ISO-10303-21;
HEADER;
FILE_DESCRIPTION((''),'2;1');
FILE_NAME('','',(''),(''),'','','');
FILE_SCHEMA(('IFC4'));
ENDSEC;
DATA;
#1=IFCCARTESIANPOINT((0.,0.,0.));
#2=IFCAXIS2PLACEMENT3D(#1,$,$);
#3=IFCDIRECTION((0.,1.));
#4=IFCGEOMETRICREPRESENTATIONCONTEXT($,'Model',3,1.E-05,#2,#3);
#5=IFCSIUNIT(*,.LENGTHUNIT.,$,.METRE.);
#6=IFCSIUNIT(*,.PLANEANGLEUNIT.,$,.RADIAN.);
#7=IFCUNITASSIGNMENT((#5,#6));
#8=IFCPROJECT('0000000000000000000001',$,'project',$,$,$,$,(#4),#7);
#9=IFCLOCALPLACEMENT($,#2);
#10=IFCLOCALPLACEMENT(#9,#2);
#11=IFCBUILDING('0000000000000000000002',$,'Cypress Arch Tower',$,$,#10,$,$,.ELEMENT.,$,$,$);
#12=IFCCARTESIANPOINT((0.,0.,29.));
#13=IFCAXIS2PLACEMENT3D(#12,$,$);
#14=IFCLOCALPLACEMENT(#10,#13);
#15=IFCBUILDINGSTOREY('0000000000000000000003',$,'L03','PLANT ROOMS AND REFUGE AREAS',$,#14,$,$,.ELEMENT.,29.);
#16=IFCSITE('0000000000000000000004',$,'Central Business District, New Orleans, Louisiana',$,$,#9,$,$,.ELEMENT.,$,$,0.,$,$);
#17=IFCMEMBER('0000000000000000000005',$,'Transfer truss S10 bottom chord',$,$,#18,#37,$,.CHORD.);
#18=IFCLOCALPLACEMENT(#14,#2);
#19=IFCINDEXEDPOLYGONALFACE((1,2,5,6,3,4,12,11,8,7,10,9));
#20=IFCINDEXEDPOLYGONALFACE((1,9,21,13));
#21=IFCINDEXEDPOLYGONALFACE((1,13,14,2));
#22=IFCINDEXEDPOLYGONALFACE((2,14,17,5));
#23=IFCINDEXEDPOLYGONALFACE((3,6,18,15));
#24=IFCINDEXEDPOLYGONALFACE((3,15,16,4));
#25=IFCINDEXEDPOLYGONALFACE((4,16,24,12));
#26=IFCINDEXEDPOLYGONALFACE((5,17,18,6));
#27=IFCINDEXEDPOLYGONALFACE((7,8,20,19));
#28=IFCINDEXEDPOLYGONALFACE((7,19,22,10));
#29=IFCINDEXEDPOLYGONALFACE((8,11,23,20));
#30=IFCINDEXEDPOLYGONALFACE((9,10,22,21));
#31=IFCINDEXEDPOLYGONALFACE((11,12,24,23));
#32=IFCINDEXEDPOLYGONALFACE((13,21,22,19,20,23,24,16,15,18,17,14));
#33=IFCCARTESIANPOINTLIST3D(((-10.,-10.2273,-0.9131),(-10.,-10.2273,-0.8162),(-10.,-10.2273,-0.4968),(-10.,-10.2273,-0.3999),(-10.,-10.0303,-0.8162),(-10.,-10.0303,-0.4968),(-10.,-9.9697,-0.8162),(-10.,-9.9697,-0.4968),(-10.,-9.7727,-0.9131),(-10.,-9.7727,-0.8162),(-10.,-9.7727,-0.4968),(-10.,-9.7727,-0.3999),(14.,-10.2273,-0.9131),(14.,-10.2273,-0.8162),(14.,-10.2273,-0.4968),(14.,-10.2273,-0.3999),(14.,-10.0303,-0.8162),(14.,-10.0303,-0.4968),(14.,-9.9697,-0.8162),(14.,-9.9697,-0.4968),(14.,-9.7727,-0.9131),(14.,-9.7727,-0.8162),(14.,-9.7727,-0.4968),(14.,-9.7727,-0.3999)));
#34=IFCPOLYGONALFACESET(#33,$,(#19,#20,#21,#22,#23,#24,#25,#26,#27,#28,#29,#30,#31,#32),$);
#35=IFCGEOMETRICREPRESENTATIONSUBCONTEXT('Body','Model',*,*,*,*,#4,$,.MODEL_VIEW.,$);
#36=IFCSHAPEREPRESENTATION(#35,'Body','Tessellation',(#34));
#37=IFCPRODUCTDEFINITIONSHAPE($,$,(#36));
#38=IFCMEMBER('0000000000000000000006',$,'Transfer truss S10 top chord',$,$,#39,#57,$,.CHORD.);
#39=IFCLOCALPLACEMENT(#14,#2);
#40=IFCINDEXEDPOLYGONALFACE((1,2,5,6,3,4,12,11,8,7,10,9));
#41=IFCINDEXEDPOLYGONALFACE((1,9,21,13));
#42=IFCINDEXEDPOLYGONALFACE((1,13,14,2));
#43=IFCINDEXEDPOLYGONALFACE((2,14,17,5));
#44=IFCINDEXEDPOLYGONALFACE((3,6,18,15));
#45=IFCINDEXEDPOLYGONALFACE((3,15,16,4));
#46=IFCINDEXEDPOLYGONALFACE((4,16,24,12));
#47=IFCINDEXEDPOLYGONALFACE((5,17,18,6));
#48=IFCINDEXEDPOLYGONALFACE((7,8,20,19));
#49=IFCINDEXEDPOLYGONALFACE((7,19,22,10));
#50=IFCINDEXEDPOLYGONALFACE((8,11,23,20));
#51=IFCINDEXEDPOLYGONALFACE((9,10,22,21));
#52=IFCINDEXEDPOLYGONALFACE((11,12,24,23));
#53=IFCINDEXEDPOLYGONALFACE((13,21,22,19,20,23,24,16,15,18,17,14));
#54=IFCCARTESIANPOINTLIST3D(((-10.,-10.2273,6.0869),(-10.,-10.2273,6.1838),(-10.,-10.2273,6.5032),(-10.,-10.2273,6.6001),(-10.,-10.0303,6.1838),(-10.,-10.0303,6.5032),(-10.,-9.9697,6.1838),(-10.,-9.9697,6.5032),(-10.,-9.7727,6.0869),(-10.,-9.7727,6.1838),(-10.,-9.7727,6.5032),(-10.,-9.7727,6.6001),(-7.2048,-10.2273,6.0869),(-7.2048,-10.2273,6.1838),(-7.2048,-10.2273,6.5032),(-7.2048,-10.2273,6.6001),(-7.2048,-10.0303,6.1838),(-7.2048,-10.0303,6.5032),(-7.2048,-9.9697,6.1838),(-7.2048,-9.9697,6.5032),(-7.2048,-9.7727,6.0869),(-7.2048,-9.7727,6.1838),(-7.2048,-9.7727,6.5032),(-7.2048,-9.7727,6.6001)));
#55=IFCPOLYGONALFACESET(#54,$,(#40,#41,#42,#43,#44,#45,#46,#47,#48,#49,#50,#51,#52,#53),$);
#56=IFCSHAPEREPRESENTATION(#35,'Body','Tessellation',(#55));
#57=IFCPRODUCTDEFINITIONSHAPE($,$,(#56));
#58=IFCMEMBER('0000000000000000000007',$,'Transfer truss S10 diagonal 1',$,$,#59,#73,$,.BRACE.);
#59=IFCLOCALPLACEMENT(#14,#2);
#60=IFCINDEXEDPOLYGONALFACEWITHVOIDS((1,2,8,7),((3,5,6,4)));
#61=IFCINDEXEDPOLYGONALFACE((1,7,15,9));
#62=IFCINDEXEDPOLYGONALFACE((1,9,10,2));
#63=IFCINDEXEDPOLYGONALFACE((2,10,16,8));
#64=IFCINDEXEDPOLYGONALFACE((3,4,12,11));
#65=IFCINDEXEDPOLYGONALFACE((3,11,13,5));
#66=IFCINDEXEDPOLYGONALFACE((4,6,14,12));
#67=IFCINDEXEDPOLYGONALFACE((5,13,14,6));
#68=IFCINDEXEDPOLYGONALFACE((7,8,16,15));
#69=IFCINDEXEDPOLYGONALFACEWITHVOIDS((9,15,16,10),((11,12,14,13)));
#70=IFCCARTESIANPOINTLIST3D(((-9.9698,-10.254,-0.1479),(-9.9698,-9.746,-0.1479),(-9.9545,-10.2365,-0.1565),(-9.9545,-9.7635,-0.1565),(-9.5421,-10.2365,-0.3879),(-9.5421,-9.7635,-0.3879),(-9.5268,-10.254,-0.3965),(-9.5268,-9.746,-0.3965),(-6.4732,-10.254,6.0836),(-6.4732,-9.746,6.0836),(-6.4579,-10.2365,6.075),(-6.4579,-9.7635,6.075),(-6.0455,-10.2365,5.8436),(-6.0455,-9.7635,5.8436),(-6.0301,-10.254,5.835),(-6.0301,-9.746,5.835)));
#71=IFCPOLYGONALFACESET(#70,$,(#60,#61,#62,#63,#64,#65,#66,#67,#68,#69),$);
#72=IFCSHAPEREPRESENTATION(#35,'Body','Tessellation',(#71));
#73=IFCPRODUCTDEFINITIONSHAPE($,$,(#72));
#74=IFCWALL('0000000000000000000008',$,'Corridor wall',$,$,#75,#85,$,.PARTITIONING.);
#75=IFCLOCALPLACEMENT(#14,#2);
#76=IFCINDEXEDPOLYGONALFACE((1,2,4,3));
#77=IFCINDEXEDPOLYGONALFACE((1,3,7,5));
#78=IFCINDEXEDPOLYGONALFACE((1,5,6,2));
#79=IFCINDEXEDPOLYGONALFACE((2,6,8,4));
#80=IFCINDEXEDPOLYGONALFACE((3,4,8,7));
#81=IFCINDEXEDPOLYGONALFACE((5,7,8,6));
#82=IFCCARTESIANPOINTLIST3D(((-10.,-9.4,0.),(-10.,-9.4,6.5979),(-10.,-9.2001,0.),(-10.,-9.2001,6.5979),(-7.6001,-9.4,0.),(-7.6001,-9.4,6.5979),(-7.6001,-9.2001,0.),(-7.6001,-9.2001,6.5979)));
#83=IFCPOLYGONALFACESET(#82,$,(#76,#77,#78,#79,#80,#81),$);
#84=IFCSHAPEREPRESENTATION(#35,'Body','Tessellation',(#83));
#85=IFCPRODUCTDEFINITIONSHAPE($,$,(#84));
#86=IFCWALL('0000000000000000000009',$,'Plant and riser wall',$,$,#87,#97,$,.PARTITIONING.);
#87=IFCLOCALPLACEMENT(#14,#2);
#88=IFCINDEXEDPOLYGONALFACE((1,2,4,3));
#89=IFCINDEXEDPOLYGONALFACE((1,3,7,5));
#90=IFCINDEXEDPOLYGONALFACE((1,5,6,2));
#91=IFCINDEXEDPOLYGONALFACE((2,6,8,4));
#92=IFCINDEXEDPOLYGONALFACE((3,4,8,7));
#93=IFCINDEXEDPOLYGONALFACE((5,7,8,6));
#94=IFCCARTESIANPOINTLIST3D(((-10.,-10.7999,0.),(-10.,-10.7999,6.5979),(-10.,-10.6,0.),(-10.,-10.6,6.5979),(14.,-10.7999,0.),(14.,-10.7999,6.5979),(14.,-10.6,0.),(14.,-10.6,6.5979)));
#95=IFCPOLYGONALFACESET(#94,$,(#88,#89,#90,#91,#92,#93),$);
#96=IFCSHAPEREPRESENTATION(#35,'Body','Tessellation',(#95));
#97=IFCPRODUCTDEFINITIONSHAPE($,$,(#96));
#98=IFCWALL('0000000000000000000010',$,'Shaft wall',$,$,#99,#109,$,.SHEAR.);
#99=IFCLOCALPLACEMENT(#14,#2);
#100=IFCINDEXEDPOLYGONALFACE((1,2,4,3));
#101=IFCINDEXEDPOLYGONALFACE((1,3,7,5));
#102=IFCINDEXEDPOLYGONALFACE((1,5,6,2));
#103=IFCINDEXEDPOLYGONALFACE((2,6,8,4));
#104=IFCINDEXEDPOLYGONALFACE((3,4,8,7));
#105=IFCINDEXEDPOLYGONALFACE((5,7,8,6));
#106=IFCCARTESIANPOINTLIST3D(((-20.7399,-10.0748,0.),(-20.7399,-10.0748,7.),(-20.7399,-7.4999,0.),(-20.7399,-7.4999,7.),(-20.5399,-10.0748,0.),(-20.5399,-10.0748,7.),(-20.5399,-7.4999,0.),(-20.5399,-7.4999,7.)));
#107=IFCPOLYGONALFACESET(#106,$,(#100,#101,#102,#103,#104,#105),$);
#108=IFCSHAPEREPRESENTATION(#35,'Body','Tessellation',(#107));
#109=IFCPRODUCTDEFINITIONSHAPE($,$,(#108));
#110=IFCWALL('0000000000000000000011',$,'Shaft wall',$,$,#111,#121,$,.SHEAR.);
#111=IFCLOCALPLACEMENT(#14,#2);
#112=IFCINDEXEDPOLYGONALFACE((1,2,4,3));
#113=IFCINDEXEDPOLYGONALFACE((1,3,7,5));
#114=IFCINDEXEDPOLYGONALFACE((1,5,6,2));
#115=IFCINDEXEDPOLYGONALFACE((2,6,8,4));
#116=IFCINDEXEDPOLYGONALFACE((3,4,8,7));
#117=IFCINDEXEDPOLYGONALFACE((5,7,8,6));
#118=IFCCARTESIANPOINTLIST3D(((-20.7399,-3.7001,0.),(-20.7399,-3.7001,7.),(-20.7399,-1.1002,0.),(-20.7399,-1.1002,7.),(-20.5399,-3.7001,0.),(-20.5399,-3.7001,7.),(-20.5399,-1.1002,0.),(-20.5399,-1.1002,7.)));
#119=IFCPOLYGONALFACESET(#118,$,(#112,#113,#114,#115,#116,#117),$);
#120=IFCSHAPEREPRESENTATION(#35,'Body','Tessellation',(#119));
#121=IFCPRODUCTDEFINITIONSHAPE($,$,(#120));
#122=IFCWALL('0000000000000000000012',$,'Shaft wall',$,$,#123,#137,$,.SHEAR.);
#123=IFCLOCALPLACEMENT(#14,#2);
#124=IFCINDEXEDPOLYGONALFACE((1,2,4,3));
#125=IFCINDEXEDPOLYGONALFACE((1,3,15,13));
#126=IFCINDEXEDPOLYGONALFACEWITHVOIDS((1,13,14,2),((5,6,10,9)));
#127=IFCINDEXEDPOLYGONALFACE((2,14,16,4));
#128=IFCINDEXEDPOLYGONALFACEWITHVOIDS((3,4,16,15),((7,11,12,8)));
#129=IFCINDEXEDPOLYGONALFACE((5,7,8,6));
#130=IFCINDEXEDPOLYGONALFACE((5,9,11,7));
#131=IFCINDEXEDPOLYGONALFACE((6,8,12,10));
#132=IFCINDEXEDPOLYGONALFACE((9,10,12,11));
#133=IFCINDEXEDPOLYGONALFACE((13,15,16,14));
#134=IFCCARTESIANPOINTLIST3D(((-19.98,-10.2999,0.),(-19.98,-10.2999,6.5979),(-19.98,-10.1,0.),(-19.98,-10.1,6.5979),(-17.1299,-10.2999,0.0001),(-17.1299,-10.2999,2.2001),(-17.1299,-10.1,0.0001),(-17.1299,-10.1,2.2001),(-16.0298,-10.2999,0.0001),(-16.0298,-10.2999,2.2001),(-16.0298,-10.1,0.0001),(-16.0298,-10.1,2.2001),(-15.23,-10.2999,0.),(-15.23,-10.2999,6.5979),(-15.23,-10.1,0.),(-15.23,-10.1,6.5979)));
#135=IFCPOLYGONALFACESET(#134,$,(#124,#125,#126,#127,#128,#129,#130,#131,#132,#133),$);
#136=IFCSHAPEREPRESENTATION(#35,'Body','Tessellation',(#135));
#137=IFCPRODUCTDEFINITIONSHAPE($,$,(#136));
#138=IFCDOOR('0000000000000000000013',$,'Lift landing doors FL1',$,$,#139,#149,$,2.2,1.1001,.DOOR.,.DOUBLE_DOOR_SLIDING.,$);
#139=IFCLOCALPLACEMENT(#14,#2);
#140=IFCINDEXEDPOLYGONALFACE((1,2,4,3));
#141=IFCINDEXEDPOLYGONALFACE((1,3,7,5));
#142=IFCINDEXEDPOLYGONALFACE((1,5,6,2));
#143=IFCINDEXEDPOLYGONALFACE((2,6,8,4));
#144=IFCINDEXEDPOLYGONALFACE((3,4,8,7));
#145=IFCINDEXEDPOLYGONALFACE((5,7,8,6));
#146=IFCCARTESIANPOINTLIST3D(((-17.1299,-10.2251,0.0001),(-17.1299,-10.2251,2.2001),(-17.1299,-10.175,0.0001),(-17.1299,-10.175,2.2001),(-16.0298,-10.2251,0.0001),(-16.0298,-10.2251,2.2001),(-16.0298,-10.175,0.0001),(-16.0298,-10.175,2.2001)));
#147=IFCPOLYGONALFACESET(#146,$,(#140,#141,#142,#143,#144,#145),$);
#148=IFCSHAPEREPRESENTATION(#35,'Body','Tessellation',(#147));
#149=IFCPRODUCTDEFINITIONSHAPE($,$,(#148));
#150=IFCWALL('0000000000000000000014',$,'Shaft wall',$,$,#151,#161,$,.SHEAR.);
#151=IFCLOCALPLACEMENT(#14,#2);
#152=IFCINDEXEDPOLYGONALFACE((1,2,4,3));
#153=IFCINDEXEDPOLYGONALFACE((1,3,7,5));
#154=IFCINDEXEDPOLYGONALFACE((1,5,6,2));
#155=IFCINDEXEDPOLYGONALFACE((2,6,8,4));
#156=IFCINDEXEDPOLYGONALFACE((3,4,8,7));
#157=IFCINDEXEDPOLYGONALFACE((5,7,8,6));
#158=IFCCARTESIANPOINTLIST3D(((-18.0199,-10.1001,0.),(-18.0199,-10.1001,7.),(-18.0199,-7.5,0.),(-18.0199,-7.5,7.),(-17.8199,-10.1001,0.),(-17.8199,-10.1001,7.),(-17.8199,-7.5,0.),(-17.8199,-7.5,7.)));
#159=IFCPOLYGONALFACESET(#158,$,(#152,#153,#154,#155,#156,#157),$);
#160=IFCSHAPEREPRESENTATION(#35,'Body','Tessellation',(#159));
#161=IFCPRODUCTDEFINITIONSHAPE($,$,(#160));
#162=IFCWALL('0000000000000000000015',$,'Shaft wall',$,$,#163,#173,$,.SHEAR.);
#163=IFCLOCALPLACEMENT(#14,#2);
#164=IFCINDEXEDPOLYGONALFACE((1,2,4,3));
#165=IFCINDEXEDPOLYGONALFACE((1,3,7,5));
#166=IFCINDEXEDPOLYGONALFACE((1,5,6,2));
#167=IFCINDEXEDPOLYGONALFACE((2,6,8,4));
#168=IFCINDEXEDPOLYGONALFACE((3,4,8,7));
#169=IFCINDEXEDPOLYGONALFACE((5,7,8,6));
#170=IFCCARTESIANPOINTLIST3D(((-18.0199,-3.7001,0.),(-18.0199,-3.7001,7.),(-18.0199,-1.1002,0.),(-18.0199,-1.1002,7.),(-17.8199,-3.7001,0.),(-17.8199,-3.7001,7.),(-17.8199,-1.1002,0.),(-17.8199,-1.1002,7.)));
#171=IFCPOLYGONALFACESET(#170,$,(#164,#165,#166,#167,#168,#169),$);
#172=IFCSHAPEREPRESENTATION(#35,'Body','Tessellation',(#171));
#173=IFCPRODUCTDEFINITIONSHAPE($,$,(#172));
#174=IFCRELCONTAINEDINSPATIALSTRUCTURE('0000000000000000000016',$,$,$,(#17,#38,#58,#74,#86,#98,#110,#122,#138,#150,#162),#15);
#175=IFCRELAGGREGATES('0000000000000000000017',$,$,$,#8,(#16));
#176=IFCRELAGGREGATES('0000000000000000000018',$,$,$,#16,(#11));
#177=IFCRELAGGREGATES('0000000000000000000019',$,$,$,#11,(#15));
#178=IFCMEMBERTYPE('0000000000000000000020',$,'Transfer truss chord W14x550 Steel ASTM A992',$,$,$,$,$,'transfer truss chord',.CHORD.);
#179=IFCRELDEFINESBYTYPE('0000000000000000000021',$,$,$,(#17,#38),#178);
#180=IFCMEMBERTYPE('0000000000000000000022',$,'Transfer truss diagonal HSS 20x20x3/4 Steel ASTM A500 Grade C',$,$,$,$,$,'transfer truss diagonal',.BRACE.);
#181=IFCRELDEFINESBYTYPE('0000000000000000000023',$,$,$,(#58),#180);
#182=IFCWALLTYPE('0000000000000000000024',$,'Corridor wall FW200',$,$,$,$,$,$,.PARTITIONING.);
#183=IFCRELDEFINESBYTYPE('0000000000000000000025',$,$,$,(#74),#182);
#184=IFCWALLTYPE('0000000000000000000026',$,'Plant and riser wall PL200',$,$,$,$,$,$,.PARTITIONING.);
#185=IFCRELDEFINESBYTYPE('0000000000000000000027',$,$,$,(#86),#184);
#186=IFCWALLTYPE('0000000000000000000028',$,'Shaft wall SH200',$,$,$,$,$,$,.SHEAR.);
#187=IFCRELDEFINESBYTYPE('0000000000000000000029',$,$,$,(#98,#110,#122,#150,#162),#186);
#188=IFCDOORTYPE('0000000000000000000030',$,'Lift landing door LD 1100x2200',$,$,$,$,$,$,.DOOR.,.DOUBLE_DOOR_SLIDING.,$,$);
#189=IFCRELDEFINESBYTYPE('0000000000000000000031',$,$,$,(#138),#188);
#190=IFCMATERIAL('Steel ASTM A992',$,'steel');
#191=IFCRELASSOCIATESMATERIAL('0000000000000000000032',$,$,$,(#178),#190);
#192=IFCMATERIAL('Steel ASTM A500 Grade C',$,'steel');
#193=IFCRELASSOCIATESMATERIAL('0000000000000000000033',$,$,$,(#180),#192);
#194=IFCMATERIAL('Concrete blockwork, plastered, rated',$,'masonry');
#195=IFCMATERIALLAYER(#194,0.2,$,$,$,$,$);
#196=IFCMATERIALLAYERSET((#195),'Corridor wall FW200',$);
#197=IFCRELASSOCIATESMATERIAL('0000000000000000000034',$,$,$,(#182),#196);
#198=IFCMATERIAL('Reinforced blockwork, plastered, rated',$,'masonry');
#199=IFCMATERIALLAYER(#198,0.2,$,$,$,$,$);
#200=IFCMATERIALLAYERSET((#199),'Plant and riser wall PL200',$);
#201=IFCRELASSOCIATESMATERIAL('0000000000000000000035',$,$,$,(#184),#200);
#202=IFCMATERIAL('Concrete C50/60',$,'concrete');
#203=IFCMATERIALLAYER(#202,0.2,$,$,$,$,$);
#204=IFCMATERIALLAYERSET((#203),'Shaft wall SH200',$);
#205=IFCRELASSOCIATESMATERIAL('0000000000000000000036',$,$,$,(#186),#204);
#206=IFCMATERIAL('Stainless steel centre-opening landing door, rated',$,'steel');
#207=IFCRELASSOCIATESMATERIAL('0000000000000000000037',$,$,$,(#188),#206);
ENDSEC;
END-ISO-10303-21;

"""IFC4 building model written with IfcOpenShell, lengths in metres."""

from ifc_helpers import new_model, si_unit, direction, frame, frame_2d, origin, origin_2d, place, context, subcontext, project, spatial, rectangle, hollow_rectangle, i_section, extrude, material, layer, layer_set, material_profile, profile_set, type_object, element, fill, save


model = new_model("IFC4")

# Units and contexts
model_context = context("Model", 3, precision=1e-05, world=origin(), true_north=direction((0.0, 1.0)))
body_context = subcontext(model_context, "Body", "Model", "MODEL_VIEW")
ifc_project = project(units=[si_unit("LENGTHUNIT", "METRE"), si_unit("PLANEANGLEUNIT", "RADIAN")], contexts=[model_context])

# Site, building, storey
site_placement = place(None, origin())
site = spatial("IfcSite", under=ifc_project, at=site_placement, Name="Central Business District, New Orleans, Louisiana", CompositionType="ELEMENT", RefElevation=0.0)
building_placement = place(site_placement, origin())
building = spatial("IfcBuilding", under=site, at=building_placement, Name="Cypress Arch Tower", CompositionType="ELEMENT")
storey_placement = place(building_placement, frame((0.0, 0.0, 29.0)))
storey = spatial("IfcBuildingStorey", under=building, at=storey_placement, Name="L03", Description="PLANT ROOMS AND REFUGE AREAS", CompositionType="ELEMENT", Elevation=29.0)

# Members
ifc_material_1 = material(Name="Steel ASTM A992", Category="steel")
ifc_material_profile_1 = material_profile(ifc_material_1, i_section(OverallWidth=0.4546, OverallDepth=0.5132, WebThickness=0.0605, FlangeThickness=0.0969, at=origin_2d()), Name="W14x550")
ifc_profile_set_1 = profile_set([ifc_material_profile_1], Name="Steel ASTM A992")
member_type_1 = type_object("IfcMemberType", Name="Transfer truss chord W14x550 Steel ASTM A992", ElementType="transfer truss chord", PredefinedType="CHORD", material=ifc_profile_set_1)
member_1_placement = place(storey_placement, frame((-10.0, -10.0, -0.6565), z_axis=(1.0, 0.0, 0.0), x_axis=(0.0, 1.0, 0.0)))
element("IfcMember", 1, at=member_1_placement, inside=storey, type_object=member_type_1, Name="Transfer truss S10 bottom chord", PredefinedType="CHORD", context=body_context, shape_type="SweptSolid", body=[
    extrude(i_section(OverallWidth=0.4546, OverallDepth=0.5132, WebThickness=0.0605, FlangeThickness=0.0969, at=origin_2d()), origin(), (0.0, 0.0, 1.0), 24.0),
])
member_2_placement = place(storey_placement, frame((-10.0, -10.0, 6.3435), z_axis=(1.0, 0.0, 0.0), x_axis=(0.0, 1.0, 0.0)))
element("IfcMember", 2, at=member_2_placement, inside=storey, type_object=member_type_1, Name="Transfer truss S10 top chord", PredefinedType="CHORD", context=body_context, shape_type="SweptSolid", body=[
    extrude(i_section(OverallWidth=0.4546, OverallDepth=0.5132, WebThickness=0.0605, FlangeThickness=0.0969, at=origin_2d()), origin(), (0.0, 0.0, 1.0), 2.7952),
])
ifc_material_2 = material(Name="Steel ASTM A500 Grade C", Category="steel")
ifc_material_profile_2 = material_profile(ifc_material_2, hollow_rectangle(XDim=0.5081, YDim=0.5081, WallThickness=0.0176, at=origin_2d()), Name="HSS 20x20x3/4")
ifc_profile_set_2 = profile_set([ifc_material_profile_2], Name="Steel ASTM A500 Grade C")
member_type_2 = type_object("IfcMemberType", Name="Transfer truss diagonal HSS 20x20x3/4 Steel ASTM A500 Grade C", ElementType="transfer truss diagonal", PredefinedType="BRACE", material=ifc_profile_set_2)
member_3_placement = place(storey_placement, frame((-9.7483, -10.0, -0.2722), z_axis=(0.489346, 0.0, 0.87209), x_axis=(0.0, 1.0, 0.0)))
element("IfcMember", 3, at=member_3_placement, inside=storey, type_object=member_type_2, Name="Transfer truss S10 diagonal 1", PredefinedType="BRACE", context=body_context, shape_type="SweptSolid", body=[
    extrude(hollow_rectangle(XDim=0.5081, YDim=0.5081, WallThickness=0.0176, at=origin_2d()), origin(), (0.0, 0.0, 1.0), 7.1455),
])

# Shared definitions
ifc_material_3 = material(Name="Concrete blockwork, plastered, rated", Category="masonry")
ifc_layer_1 = layer(ifc_material_3, 0.2)
ifc_layer_set_1 = layer_set([ifc_layer_1], Name="Corridor wall FW200")
wall_type_1 = type_object("IfcWallType", Name="Corridor wall FW200", PredefinedType="PARTITIONING", material=ifc_layer_set_1)

# Walls
wall_1_placement = place(storey_placement, frame((-10.0, -9.3, 0.0), z_axis=(0.0, 0.0, 1.0), x_axis=(1.0, 0.0, 0.0)))
element("IfcWall", 4, at=wall_1_placement, inside=storey, type_object=wall_type_1, Name="Corridor wall", PredefinedType="PARTITIONING", context=body_context, shape_type="SweptSolid", body=[
    extrude(rectangle(XDim=2.3999, YDim=0.2, at=frame_2d((1.2, 0.0))), origin(), (0.0, 0.0, 1.0), 6.5979),
])
ifc_material_4 = material(Name="Reinforced blockwork, plastered, rated", Category="masonry")
ifc_layer_2 = layer(ifc_material_4, 0.2)
ifc_layer_set_2 = layer_set([ifc_layer_2], Name="Plant and riser wall PL200")
wall_type_2 = type_object("IfcWallType", Name="Plant and riser wall PL200", PredefinedType="PARTITIONING", material=ifc_layer_set_2)
wall_2_placement = place(storey_placement, frame((-10.0, -10.7, 0.0), z_axis=(0.0, 0.0, 1.0), x_axis=(1.0, 0.0, 0.0)))
element("IfcWall", 5, at=wall_2_placement, inside=storey, type_object=wall_type_2, Name="Plant and riser wall", PredefinedType="PARTITIONING", context=body_context, shape_type="SweptSolid", body=[
    extrude(rectangle(XDim=24.0, YDim=0.2, at=frame_2d((12.0, 0.0))), origin(), (0.0, 0.0, 1.0), 6.5979),
])
ifc_material_5 = material(Name="Concrete C50/60", Category="concrete")
ifc_layer_3 = layer(ifc_material_5, 0.2)
ifc_layer_set_3 = layer_set([ifc_layer_3], Name="Shaft wall SH200")
wall_type_3 = type_object("IfcWallType", Name="Shaft wall SH200", PredefinedType="SHEAR", material=ifc_layer_set_3)
wall_3_placement = place(storey_placement, frame((-20.6399, -10.075, 0.0), z_axis=(0.0, 0.0, 1.0), x_axis=(0.0, 1.0, 0.0)))
element("IfcWall", 6, at=wall_3_placement, inside=storey, type_object=wall_type_3, Name="Shaft wall", PredefinedType="SHEAR", context=body_context, shape_type="SweptSolid", body=[
    extrude(rectangle(XDim=2.575, YDim=0.2, at=frame_2d((1.2876, 0.0))), origin(), (0.0, 0.0, 1.0), 7.0),
])
wall_4_placement = place(storey_placement, frame((-20.6399, -3.7, 0.0), z_axis=(0.0, 0.0, 1.0), x_axis=(0.0, 1.0, 0.0)))
element("IfcWall", 7, at=wall_4_placement, inside=storey, type_object=wall_type_3, Name="Shaft wall", PredefinedType="SHEAR", context=body_context, shape_type="SweptSolid", body=[
    extrude(rectangle(XDim=2.5999, YDim=0.2, at=frame_2d((1.2998, 0.0))), origin(), (0.0, 0.0, 1.0), 7.0),
])

# Wall, opening, door
wall_5_placement = place(storey_placement, frame((-19.98, -10.2, 0.0), z_axis=(0.0, 0.0, 1.0), x_axis=(1.0, 0.0, 0.0)))
wall_5 = element("IfcWall", 8, at=wall_5_placement, inside=storey, type_object=wall_type_3, Name="Shaft wall", PredefinedType="SHEAR", context=body_context, shape_type="SweptSolid", body=[
    extrude(rectangle(XDim=4.75, YDim=0.2, at=frame_2d((2.375, 0.0))), origin(), (0.0, 0.0, 1.0), 6.5979),
])
opening_1_placement = place(wall_5_placement, frame((2.8501, 0.0, 0.0)))
opening_1 = element("IfcOpeningElement", 9, at=opening_1_placement, cuts=wall_5, PredefinedType="OPENING", context=body_context, shape_type="SweptSolid", body=[
    extrude(rectangle(XDim=1.1001, YDim=2.2, at=frame_2d((0.55, 1.1001))), frame((0.0, 0.1099, 0.0), z_axis=(0.0, -1.0, 0.0), x_axis=(1.0, 0.0, 0.0)), (0.0, 0.0, 1.0), 0.22),
])
ifc_material_6 = material(Name="Stainless steel centre-opening landing door, rated", Category="steel")
door_type_1 = type_object("IfcDoorType", Name="Lift landing door LD 1100x2200", OperationType="DOUBLE_DOOR_SLIDING", PredefinedType="DOOR", material=ifc_material_6)
door_1_placement = place(opening_1_placement, origin())
door_1 = element("IfcDoor", 10, at=door_1_placement, inside=storey, type_object=door_type_1, Name="Lift landing doors FL1", OperationType="DOUBLE_DOOR_SLIDING", OverallHeight=2.2, OverallWidth=1.1001, PredefinedType="DOOR", context=body_context, shape_type="SweptSolid", body=[
    extrude(rectangle(XDim=1.1001, YDim=2.2, at=frame_2d((0.55, 1.1001))), frame((0.0, 0.0249, 0.0), z_axis=(0.0, -1.0, 0.0), x_axis=(1.0, 0.0, 0.0)), (0.0, 0.0, 1.0), 0.05),
])
fill(opening_1, door_1)

# Walls
wall_6_placement = place(storey_placement, frame((-17.9199, -10.1001, 0.0), z_axis=(0.0, 0.0, 1.0), x_axis=(0.0, 1.0, 0.0)))
element("IfcWall", 11, at=wall_6_placement, inside=storey, type_object=wall_type_3, Name="Shaft wall", PredefinedType="SHEAR", context=body_context, shape_type="SweptSolid", body=[
    extrude(rectangle(XDim=2.6001, YDim=0.2, at=frame_2d((1.3, 0.0))), origin(), (0.0, 0.0, 1.0), 7.0),
])
wall_7_placement = place(storey_placement, frame((-17.9199, -3.7, 0.0), z_axis=(0.0, 0.0, 1.0), x_axis=(0.0, 1.0, 0.0)))
element("IfcWall", 12, at=wall_7_placement, inside=storey, type_object=wall_type_3, Name="Shaft wall", PredefinedType="SHEAR", context=body_context, shape_type="SweptSolid", body=[
    extrude(rectangle(XDim=2.5999, YDim=0.2, at=frame_2d((1.2998, 0.0))), origin(), (0.0, 0.0, 1.0), 7.0),
])

save(model, "model.ifc")
